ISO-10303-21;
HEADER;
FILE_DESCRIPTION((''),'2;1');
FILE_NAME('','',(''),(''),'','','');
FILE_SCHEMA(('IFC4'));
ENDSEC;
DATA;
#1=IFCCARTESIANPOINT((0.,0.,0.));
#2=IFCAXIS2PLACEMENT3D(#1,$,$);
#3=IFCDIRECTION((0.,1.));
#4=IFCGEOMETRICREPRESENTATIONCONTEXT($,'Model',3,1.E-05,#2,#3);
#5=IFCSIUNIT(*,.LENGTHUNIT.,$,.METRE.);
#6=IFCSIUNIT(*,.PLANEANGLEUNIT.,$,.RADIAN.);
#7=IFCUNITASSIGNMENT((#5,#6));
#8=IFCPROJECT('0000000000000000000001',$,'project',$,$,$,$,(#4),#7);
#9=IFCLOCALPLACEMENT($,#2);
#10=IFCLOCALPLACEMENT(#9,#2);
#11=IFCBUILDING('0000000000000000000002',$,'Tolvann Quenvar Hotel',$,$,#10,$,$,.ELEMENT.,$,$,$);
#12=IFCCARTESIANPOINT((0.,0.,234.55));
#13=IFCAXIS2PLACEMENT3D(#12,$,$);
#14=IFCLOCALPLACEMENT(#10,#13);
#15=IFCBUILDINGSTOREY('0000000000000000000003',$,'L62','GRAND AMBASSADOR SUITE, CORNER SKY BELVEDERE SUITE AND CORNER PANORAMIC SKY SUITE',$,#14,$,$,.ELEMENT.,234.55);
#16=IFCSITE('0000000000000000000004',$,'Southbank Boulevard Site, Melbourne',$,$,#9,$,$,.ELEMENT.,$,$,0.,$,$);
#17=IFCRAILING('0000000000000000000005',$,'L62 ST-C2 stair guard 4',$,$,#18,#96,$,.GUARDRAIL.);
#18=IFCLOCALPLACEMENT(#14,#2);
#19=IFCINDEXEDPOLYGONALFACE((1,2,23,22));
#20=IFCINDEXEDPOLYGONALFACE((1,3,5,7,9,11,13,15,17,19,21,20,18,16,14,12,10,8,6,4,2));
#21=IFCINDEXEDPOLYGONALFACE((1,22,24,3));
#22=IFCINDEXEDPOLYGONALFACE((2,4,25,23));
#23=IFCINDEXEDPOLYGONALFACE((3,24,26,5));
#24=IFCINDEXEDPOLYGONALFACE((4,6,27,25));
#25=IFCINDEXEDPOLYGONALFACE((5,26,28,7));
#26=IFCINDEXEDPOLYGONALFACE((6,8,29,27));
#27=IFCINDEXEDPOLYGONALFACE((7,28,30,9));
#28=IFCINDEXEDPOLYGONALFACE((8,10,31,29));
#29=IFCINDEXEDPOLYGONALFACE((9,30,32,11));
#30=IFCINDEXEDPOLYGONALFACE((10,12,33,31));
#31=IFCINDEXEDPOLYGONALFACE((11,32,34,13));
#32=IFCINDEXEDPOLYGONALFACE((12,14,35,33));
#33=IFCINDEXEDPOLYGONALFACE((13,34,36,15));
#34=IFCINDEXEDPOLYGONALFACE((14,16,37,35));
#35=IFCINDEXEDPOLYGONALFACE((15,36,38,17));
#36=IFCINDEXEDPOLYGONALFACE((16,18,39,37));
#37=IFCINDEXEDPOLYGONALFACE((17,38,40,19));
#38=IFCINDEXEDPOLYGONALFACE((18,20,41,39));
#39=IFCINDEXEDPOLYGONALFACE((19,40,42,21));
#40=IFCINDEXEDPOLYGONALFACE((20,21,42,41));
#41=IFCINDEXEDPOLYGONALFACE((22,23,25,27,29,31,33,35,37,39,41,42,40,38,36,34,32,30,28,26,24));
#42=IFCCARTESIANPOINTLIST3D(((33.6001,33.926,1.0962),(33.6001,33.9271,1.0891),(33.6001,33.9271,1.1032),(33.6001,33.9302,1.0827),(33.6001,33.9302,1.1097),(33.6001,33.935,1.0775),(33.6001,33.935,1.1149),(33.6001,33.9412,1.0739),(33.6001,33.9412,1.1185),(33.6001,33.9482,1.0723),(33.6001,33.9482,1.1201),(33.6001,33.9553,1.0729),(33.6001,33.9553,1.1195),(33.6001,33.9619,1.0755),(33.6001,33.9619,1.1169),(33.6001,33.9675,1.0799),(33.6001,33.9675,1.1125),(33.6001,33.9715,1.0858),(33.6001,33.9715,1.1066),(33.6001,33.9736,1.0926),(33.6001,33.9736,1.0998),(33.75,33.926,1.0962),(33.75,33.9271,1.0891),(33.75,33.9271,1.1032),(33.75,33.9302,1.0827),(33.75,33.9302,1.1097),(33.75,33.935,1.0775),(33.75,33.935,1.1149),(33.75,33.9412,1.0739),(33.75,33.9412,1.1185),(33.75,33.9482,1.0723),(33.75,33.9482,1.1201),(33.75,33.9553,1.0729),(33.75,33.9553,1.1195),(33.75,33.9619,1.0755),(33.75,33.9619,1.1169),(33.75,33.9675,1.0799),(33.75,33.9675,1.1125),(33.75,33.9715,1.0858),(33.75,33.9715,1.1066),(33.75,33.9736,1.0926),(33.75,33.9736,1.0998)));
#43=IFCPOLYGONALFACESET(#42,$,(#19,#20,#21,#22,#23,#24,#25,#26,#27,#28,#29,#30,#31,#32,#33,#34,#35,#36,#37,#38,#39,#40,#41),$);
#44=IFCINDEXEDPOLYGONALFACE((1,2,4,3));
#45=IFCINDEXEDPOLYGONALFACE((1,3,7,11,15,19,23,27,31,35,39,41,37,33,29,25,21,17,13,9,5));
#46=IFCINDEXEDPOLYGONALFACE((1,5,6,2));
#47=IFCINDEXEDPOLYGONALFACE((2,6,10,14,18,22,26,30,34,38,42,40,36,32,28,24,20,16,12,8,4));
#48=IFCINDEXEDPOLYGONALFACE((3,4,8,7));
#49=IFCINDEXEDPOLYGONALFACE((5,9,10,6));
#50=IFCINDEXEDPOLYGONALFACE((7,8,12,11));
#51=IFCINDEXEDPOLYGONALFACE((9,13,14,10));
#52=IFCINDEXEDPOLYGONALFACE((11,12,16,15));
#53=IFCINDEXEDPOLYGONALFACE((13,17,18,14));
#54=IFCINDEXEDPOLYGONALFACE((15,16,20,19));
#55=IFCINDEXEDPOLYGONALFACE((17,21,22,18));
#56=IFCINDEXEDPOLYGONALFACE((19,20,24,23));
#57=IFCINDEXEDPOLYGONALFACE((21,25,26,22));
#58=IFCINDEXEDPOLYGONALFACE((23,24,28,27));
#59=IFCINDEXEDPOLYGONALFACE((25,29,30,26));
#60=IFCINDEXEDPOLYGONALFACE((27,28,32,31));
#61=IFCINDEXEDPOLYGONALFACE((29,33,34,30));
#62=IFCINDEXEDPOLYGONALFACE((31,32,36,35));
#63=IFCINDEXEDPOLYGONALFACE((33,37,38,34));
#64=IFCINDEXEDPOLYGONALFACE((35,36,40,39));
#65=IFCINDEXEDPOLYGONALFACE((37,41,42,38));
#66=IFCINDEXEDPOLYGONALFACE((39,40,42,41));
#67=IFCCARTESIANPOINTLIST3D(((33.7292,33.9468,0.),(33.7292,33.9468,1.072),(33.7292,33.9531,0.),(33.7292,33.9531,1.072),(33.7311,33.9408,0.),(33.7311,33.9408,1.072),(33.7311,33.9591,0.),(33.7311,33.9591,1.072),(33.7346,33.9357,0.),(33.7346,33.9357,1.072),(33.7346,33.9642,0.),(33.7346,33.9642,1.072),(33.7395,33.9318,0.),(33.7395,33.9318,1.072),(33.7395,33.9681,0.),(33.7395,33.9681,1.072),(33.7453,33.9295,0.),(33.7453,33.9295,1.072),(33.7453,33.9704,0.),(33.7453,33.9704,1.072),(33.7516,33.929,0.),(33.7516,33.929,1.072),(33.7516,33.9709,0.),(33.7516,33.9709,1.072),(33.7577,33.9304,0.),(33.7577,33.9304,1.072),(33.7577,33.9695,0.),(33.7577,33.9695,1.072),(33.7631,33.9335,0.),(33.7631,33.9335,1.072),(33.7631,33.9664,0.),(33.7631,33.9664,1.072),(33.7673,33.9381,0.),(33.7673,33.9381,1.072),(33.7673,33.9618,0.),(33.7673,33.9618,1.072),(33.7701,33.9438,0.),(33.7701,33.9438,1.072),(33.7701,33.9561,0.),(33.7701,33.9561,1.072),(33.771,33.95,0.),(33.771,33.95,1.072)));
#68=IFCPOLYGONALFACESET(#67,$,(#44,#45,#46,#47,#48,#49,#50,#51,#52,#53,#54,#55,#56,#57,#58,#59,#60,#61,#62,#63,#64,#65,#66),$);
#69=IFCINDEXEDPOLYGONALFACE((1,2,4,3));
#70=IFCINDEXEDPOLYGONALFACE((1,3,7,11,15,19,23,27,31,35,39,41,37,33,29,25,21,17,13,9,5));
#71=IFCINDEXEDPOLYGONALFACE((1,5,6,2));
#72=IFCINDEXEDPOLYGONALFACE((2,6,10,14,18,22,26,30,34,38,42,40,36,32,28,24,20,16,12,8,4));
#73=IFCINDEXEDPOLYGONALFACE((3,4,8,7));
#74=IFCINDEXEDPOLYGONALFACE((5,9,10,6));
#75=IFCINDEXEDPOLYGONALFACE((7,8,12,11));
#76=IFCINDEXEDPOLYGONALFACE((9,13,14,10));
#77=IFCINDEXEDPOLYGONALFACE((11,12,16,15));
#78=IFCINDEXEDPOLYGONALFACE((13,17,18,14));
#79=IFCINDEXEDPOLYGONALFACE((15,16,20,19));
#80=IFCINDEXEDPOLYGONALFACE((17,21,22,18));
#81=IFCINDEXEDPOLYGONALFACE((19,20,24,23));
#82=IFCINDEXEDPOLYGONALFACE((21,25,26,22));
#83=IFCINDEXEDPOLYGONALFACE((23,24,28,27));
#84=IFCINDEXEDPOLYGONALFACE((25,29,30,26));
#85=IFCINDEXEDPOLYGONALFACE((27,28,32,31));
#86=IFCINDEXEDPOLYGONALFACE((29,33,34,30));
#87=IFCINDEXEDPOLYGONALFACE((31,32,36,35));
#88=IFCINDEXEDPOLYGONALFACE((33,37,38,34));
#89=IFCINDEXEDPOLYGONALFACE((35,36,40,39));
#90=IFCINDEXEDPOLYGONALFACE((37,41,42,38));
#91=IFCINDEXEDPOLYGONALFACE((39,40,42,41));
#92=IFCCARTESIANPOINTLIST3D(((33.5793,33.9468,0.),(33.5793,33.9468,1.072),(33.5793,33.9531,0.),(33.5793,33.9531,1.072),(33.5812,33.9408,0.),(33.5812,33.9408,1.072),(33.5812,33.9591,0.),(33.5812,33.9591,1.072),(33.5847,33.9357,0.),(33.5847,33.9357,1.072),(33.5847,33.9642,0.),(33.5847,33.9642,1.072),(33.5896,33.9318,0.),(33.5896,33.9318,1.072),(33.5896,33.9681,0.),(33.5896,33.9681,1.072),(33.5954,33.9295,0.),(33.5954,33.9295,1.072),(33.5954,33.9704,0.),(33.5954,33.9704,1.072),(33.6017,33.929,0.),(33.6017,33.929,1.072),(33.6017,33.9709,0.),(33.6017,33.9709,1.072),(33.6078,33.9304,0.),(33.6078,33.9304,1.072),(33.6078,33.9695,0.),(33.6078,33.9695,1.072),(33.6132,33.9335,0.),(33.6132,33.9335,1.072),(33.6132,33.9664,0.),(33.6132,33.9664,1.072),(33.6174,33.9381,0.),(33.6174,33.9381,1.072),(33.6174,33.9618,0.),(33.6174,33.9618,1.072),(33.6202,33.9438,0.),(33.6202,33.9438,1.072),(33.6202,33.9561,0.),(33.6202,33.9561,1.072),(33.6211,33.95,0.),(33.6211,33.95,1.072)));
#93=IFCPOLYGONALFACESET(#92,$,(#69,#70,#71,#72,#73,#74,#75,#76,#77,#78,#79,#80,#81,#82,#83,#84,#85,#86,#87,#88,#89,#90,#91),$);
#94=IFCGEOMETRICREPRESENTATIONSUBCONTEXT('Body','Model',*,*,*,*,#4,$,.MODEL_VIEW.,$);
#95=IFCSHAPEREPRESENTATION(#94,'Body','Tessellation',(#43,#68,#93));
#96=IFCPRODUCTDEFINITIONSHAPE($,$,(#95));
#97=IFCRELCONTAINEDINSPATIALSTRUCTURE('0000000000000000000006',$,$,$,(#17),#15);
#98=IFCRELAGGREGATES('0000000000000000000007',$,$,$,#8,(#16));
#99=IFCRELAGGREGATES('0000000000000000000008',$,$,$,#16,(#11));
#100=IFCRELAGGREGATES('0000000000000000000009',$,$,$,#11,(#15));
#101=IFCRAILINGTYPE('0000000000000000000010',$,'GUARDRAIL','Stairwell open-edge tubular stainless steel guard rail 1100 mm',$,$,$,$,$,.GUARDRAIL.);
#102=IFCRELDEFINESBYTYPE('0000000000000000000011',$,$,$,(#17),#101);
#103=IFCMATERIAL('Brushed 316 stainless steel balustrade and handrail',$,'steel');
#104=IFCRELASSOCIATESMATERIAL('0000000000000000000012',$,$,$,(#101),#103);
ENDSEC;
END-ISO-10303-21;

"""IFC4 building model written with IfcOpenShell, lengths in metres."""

from ifc_helpers import new_model, si_unit, direction, frame, origin, origin_2d, place, context, subcontext, project, spatial, circle, extrude, material, type_object, element, save


model = new_model("IFC4")

# Units and contexts
model_context = context("Model", 3, precision=1e-05, world=origin(), true_north=direction((0.0, 1.0)))
body_context = subcontext(model_context, "Body", "Model", "MODEL_VIEW")
ifc_project = project(units=[si_unit("LENGTHUNIT", "METRE"), si_unit("PLANEANGLEUNIT", "RADIAN")], contexts=[model_context])

# Site, building, storey
site_placement = place(None, origin())
site = spatial("IfcSite", under=ifc_project, at=site_placement, Name="Southbank Boulevard Site, Melbourne", CompositionType="ELEMENT", RefElevation=0.0)
building_placement = place(site_placement, origin())
building = spatial("IfcBuilding", under=site, at=building_placement, Name="Tolvann Quenvar Hotel", CompositionType="ELEMENT")
storey_placement = place(building_placement, frame((0.0, 0.0, 234.55)))
storey = spatial("IfcBuildingStorey", under=building, at=storey_placement, Name="L62", Description="GRAND AMBASSADOR SUITE, CORNER SKY BELVEDERE SUITE AND CORNER PANORAMIC SKY SUITE", CompositionType="ELEMENT", Elevation=234.55)

# Railing
ifc_material_1 = material(Name="Brushed 316 stainless steel balustrade and handrail", Category="steel")
railing_type_1 = type_object("IfcRailingType", Name="GUARDRAIL", Description="Stairwell open-edge tubular stainless steel guard rail 1100 mm", PredefinedType="GUARDRAIL", material=ifc_material_1)
railing_1_placement = place(storey_placement, frame((33.75, 33.95, 0.0)))
element("IfcRailing", 1, at=railing_1_placement, inside=storey, type_object=railing_type_1, Name="L62 ST-C2 stair guard 4", PredefinedType="GUARDRAIL", context=body_context, shape_type="SweptSolid", body=[
    extrude(circle(Radius=0.0239, at=origin_2d()), frame((0.0, 0.0, 1.0962), z_axis=(-1.0, 0.0, 0.0), x_axis=(0.0, -1.0, 0.0)), (0.0, 0.0, 1.0), 0.1499),
    extrude(circle(Radius=0.021, at=origin_2d()), origin(), (0.0, 0.0, 1.0), 1.072),
    extrude(circle(Radius=0.021, at=origin_2d()), frame((-0.1499, 0.0, 0.0)), (0.0, 0.0, 1.0), 1.072),
])

save(model, "model.ifc")
